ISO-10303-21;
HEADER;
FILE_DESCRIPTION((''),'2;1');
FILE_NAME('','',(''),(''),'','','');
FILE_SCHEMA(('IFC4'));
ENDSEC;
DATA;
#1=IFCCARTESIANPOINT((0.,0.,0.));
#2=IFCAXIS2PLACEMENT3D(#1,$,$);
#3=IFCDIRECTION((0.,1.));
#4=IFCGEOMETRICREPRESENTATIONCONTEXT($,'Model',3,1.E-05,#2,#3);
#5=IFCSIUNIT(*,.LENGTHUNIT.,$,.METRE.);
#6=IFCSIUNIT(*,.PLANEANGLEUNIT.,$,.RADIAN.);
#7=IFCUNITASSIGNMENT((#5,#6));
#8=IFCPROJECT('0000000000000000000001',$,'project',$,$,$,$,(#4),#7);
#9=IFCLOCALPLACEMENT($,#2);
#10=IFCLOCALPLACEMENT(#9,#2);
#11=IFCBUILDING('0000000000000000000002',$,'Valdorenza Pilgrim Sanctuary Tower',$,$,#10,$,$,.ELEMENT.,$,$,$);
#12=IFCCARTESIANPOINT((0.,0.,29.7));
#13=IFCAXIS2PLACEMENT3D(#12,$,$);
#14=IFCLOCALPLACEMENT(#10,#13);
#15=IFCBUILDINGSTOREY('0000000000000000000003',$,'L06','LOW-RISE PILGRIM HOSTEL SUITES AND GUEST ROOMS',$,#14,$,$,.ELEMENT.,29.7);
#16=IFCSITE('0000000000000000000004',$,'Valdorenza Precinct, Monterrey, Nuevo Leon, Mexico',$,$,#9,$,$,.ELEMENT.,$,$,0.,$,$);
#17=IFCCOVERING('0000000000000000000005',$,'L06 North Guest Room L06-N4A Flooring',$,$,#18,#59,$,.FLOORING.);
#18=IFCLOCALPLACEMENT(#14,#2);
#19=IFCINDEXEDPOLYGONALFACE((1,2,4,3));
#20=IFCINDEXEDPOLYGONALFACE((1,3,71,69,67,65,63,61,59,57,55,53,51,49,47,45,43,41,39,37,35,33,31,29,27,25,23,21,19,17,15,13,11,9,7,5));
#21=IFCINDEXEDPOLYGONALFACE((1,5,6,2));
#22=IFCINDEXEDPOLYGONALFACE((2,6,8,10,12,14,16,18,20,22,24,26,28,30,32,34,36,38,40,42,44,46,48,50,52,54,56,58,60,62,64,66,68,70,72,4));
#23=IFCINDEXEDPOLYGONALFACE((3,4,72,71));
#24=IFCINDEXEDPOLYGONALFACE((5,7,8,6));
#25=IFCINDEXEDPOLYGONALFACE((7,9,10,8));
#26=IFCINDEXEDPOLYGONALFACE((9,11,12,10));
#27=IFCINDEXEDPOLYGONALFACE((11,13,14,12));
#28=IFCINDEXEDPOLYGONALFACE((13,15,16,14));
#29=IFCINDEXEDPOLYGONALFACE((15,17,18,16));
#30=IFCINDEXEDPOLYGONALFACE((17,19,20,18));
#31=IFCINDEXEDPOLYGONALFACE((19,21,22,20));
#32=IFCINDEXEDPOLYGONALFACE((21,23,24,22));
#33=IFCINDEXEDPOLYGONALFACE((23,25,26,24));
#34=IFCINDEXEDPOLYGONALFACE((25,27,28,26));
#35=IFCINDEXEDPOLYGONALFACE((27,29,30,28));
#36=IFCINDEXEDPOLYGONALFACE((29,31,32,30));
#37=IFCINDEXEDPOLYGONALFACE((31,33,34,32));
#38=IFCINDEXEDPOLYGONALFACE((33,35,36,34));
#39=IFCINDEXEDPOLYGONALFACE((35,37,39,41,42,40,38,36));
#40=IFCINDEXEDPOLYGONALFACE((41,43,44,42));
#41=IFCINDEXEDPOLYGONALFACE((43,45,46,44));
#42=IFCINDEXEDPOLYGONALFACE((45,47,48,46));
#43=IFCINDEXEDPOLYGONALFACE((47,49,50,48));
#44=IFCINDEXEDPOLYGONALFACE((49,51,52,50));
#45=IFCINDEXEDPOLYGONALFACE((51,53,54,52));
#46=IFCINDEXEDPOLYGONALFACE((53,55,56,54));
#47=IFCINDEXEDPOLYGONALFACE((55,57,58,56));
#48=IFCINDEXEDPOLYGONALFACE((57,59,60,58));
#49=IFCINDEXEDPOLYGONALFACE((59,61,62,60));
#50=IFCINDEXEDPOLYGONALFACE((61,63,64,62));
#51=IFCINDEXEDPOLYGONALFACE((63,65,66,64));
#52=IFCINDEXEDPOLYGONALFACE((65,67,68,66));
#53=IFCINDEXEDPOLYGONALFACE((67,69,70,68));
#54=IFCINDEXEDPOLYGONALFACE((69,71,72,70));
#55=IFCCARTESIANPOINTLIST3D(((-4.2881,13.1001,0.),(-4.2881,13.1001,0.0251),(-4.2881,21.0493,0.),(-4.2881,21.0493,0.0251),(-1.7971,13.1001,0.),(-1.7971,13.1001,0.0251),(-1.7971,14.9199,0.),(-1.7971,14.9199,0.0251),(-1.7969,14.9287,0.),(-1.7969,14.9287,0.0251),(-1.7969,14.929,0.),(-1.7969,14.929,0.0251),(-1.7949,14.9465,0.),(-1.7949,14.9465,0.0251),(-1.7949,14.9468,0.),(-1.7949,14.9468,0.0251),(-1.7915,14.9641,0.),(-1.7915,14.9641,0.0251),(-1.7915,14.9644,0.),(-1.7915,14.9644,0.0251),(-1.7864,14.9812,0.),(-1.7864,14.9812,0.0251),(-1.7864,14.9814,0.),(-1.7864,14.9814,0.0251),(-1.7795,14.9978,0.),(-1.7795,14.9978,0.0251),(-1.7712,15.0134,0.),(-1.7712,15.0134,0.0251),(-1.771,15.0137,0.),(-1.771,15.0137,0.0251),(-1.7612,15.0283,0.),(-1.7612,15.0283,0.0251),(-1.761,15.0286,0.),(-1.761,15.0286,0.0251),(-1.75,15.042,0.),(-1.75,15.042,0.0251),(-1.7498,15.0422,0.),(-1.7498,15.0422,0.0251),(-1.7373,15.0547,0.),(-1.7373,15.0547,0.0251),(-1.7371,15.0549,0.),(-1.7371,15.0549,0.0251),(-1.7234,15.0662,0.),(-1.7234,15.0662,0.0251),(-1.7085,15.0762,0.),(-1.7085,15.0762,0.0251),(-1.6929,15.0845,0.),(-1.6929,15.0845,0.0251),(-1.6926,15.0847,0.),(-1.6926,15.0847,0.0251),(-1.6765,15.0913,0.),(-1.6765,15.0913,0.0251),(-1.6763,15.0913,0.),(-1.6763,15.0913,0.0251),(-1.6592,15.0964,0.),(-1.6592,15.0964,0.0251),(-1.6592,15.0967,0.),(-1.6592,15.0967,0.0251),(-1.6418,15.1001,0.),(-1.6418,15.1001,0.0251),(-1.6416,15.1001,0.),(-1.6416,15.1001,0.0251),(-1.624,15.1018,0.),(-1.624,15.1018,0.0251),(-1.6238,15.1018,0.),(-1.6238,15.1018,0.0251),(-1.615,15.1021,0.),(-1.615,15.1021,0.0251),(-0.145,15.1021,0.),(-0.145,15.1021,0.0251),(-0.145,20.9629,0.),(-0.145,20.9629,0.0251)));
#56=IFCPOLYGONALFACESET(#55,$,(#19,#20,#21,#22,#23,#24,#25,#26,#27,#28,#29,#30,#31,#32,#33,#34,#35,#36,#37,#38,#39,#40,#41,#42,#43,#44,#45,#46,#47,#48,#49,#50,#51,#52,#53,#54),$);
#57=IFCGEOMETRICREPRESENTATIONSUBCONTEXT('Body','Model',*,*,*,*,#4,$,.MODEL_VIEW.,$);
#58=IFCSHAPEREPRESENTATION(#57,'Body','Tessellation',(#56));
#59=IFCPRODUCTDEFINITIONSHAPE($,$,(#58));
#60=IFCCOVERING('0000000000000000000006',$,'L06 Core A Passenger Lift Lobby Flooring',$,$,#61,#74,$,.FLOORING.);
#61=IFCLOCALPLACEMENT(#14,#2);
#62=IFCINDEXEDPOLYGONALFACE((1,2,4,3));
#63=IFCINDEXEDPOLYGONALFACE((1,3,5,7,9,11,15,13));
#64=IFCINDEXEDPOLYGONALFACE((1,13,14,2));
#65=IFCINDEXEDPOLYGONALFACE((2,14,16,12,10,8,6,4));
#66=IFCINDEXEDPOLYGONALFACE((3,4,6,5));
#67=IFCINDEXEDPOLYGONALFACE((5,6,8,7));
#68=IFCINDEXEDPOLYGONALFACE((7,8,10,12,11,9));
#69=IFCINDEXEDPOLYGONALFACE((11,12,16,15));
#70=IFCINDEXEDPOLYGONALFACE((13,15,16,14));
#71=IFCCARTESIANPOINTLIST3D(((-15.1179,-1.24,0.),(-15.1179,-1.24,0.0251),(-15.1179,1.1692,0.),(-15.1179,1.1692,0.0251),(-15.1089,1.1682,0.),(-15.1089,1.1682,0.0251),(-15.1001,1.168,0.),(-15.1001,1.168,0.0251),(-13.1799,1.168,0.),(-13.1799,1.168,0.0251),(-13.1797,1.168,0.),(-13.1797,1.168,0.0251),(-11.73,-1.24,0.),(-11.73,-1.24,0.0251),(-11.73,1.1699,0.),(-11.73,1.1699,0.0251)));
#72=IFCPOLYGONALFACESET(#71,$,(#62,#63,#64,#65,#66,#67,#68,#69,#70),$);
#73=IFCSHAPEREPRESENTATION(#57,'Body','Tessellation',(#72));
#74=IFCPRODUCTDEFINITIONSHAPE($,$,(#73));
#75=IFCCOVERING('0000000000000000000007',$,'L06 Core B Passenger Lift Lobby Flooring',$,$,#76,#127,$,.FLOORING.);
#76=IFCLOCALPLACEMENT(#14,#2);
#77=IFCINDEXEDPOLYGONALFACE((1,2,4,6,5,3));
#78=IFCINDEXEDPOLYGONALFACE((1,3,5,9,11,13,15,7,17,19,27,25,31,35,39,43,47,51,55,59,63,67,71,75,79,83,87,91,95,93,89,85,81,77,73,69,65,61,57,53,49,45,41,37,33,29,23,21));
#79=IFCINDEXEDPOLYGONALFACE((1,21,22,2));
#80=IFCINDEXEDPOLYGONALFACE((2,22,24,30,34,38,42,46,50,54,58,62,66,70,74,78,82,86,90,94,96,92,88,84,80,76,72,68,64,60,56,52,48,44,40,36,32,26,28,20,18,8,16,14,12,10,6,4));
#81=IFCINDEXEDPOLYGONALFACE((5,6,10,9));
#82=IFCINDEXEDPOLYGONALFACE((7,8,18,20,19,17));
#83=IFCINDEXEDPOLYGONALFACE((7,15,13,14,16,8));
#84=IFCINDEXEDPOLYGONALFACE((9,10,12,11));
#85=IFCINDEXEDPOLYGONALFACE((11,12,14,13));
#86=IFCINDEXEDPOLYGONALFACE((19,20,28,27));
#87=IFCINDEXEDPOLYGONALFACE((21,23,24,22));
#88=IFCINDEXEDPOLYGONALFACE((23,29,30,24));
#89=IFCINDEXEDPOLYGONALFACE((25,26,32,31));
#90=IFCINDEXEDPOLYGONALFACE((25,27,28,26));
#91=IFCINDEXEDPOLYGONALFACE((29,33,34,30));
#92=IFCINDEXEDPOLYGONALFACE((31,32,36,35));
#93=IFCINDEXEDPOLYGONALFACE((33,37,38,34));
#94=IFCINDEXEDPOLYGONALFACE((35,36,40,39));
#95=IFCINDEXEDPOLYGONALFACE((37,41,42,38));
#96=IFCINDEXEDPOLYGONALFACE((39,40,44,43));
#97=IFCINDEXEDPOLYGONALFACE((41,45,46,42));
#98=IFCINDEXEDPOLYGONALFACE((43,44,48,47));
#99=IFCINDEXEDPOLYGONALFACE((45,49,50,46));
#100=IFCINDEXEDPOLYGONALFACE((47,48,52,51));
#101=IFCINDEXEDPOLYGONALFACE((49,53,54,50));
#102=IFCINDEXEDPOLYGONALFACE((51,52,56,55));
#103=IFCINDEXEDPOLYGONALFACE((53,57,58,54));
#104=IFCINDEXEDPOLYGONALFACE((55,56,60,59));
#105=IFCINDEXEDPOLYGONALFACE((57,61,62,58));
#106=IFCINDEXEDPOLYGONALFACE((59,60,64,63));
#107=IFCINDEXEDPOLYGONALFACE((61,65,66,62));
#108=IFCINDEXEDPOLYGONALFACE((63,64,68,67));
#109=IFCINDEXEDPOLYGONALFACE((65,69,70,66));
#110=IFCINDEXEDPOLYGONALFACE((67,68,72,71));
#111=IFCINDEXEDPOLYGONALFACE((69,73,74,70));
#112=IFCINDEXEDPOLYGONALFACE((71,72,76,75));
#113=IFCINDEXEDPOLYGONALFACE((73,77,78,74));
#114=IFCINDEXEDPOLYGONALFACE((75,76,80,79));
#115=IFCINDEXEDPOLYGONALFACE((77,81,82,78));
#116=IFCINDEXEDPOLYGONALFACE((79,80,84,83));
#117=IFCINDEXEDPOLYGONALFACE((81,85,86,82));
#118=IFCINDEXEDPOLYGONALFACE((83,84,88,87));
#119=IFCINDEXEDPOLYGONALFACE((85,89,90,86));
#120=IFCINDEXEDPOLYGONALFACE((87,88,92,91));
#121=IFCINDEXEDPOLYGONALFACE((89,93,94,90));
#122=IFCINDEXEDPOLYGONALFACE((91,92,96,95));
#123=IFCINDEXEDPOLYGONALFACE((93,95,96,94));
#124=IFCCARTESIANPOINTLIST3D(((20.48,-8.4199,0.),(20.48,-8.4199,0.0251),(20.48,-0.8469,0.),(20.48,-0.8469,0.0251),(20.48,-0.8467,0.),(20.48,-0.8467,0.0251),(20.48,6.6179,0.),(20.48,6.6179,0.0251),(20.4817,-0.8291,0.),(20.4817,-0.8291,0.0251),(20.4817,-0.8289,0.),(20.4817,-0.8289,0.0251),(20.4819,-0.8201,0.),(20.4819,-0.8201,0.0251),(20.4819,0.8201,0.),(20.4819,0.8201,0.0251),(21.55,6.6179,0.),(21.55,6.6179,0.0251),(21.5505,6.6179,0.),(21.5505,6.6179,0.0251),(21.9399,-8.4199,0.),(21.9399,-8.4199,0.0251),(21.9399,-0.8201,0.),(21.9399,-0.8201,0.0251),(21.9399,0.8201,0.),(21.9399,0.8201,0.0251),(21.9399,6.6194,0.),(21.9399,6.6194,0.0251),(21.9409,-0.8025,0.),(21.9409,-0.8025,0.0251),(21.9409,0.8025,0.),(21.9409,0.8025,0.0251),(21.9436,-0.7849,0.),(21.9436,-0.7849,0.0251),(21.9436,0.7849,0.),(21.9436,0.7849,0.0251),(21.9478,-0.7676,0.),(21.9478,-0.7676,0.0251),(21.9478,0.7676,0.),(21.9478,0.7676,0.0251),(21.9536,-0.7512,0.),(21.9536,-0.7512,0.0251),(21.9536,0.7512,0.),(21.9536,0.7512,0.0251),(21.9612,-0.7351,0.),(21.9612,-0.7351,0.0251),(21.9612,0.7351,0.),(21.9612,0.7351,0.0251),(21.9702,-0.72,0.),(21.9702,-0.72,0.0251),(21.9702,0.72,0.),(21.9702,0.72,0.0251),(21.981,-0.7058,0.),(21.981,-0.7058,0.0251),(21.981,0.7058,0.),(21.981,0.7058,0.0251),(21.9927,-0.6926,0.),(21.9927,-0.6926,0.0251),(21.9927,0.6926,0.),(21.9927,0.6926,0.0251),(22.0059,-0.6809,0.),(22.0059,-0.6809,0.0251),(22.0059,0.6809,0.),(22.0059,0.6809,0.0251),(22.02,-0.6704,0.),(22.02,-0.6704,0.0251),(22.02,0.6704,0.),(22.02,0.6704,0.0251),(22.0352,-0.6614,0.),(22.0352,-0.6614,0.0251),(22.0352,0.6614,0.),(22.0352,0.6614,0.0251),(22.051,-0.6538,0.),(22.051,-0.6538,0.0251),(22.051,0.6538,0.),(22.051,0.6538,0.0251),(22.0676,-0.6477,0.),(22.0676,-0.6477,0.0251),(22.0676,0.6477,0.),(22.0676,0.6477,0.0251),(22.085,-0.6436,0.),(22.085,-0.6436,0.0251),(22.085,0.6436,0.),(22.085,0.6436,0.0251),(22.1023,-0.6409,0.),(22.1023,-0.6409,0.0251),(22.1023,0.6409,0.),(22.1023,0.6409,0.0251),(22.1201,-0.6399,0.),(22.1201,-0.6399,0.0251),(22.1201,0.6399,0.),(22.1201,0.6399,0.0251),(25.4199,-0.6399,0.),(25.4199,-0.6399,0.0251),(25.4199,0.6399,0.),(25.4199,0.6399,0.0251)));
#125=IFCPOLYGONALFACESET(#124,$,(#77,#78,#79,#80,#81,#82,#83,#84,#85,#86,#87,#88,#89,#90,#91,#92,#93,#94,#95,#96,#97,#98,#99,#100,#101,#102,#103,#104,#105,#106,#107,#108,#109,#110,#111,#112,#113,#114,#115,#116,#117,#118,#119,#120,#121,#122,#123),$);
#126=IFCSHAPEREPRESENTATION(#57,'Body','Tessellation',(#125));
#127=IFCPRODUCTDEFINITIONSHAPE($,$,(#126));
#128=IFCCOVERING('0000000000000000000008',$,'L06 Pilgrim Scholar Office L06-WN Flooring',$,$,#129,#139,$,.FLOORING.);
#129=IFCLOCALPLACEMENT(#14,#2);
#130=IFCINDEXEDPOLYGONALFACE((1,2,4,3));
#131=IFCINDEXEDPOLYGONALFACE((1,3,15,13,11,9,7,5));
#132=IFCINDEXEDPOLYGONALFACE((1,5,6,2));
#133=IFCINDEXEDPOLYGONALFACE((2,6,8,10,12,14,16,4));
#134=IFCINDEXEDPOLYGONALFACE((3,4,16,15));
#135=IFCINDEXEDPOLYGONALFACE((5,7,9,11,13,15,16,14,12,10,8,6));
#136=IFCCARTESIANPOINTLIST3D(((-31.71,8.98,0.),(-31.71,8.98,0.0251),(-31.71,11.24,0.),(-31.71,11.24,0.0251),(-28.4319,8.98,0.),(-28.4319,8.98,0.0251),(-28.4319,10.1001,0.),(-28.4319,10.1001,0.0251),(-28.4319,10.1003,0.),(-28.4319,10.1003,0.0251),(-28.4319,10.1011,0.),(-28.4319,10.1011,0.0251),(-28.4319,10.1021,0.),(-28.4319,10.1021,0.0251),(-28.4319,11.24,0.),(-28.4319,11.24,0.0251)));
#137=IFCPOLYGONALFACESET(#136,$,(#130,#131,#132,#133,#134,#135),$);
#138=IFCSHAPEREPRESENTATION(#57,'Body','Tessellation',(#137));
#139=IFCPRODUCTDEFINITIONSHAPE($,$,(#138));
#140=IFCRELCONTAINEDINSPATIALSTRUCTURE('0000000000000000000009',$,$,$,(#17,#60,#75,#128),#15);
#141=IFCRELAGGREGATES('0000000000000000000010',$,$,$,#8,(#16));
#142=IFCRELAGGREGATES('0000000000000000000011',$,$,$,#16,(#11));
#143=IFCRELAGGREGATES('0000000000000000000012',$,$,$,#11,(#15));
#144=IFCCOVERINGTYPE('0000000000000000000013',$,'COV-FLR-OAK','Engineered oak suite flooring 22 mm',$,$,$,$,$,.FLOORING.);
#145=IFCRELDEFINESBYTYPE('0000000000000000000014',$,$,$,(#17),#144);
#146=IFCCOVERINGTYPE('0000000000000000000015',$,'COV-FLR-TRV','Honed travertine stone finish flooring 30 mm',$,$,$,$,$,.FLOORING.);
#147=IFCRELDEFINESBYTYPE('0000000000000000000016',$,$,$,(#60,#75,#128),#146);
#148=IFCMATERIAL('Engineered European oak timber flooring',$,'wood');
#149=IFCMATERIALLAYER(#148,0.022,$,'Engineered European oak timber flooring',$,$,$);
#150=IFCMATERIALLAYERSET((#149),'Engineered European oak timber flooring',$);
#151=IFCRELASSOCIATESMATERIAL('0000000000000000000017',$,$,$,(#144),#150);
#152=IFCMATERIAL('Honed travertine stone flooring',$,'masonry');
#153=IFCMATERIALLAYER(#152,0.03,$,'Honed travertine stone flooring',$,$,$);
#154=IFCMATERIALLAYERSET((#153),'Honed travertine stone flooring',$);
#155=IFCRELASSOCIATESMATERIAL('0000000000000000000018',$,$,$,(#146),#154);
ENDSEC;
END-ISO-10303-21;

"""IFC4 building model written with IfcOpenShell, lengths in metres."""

from ifc_helpers import new_model, si_unit, direction, frame, origin, place, context, subcontext, project, spatial, polyline, outline, extrude, material, layer, layer_set, type_object, element, save


model = new_model("IFC4")

# Units and contexts
model_context = context("Model", 3, precision=1e-05, world=origin(), true_north=direction((0.0, 1.0)))
body_context = subcontext(model_context, "Body", "Model", "MODEL_VIEW")
ifc_project = project(units=[si_unit("LENGTHUNIT", "METRE"), si_unit("PLANEANGLEUNIT", "RADIAN")], contexts=[model_context])

# Site, building, storey
site_placement = place(None, origin())
site = spatial("IfcSite", under=ifc_project, at=site_placement, Name="Valdorenza Precinct, Monterrey, Nuevo Leon, Mexico", CompositionType="ELEMENT", RefElevation=0.0)
building_placement = place(site_placement, origin())
building = spatial("IfcBuilding", under=site, at=building_placement, Name="Valdorenza Pilgrim Sanctuary Tower", CompositionType="ELEMENT")
storey_placement = place(building_placement, frame((0.0, 0.0, 29.7)))
storey = spatial("IfcBuildingStorey", under=building, at=storey_placement, Name="L06", Description="LOW-RISE PILGRIM HOSTEL SUITES AND GUEST ROOMS", CompositionType="ELEMENT", Elevation=29.7)

# Coverings
ifc_material_1 = material(Name="Engineered European oak timber flooring", Category="wood")
ifc_layer_1 = layer(ifc_material_1, 0.022, Name="Engineered European oak timber flooring")
ifc_layer_set_1 = layer_set([ifc_layer_1], Name="Engineered European oak timber flooring")
covering_type_1 = type_object("IfcCoveringType", Name="COV-FLR-OAK", Description="Engineered oak suite flooring 22 mm", PredefinedType="FLOORING", material=ifc_layer_set_1)
covering_1_placement = place(storey_placement, origin())
element("IfcCovering", 1, at=covering_1_placement, inside=storey, type_object=covering_type_1, Name="L06 North Guest Room L06-N4A Flooring", PredefinedType="FLOORING", context=body_context, shape_type="SweptSolid", body=[
    extrude(outline(polyline([(-0.145, 20.9629), (-0.145, 15.1021), (-1.615, 15.1021), (-1.6238, 15.1018), (-1.624, 15.1018), (-1.6416, 15.1001), (-1.6418, 15.1001), (-1.6592, 15.0967), (-1.6592, 15.0964), (-1.6763, 15.0913), (-1.6765, 15.0913), (-1.6926, 15.0847), (-1.6929, 15.0845), (-1.7085, 15.0762), (-1.7085, 15.0762), (-1.7234, 15.0662), (-1.7234, 15.0662), (-1.7371, 15.0549), (-1.7373, 15.0547), (-1.7498, 15.0422), (-1.75, 15.042), (-1.761, 15.0286), (-1.7612, 15.0283), (-1.771, 15.0137), (-1.7712, 15.0134), (-1.7795, 14.9978), (-1.7795, 14.9978), (-1.7864, 14.9814), (-1.7864, 14.9812), (-1.7915, 14.9644), (-1.7915, 14.9641), (-1.7949, 14.9468), (-1.7949, 14.9465), (-1.7969, 14.929), (-1.7969, 14.9287), (-1.7971, 14.9199), (-1.7971, 13.1001), (-4.2881, 13.1001), (-4.2881, 21.0493), (-0.145, 20.9629)])), origin(), (0.0, 0.0, 1.0), 0.0251),
])
ifc_material_2 = material(Name="Honed travertine stone flooring", Category="masonry")
ifc_layer_2 = layer(ifc_material_2, 0.03, Name="Honed travertine stone flooring")
ifc_layer_set_2 = layer_set([ifc_layer_2], Name="Honed travertine stone flooring")
covering_type_2 = type_object("IfcCoveringType", Name="COV-FLR-TRV", Description="Honed travertine stone finish flooring 30 mm", PredefinedType="FLOORING", material=ifc_layer_set_2)
covering_2_placement = place(storey_placement, origin())
element("IfcCovering", 2, at=covering_2_placement, inside=storey, type_object=covering_type_2, Name="L06 Core A Passenger Lift Lobby Flooring", PredefinedType="FLOORING", context=body_context, shape_type="SweptSolid", body=[
    extrude(outline(polyline([(-15.1179, 1.1692), (-15.1089, 1.1682), (-15.1089, 1.1682), (-15.1001, 1.168), (-13.1799, 1.168), (-13.1797, 1.168), (-11.73, 1.1699), (-11.73, -1.24), (-15.1179, -1.24), (-15.1179, 1.1692)])), origin(), (0.0, 0.0, 1.0), 0.0251),
])
covering_3_placement = place(storey_placement, origin())
element("IfcCovering", 3, at=covering_3_placement, inside=storey, type_object=covering_type_2, Name="L06 Core B Passenger Lift Lobby Flooring", PredefinedType="FLOORING", context=body_context, shape_type="SweptSolid", body=[
    extrude(outline(polyline([(20.48, 6.6179), (21.55, 6.6179), (21.5505, 6.6179), (21.9399, 6.6194), (21.9399, 0.8201), (21.9409, 0.8025), (21.9436, 0.7849), (21.9478, 0.7676), (21.9536, 0.7512), (21.9612, 0.7351), (21.9702, 0.72), (21.981, 0.7058), (21.9927, 0.6926), (22.0059, 0.6809), (22.02, 0.6704), (22.0352, 0.6614), (22.051, 0.6538), (22.0676, 0.6477), (22.085, 0.6436), (22.1023, 0.6409), (22.1201, 0.6399), (25.4199, 0.6399), (25.4199, -0.6399), (22.1201, -0.6399), (22.1023, -0.6409), (22.085, -0.6436), (22.0676, -0.6477), (22.051, -0.6538), (22.0352, -0.6614), (22.02, -0.6704), (22.0059, -0.6809), (21.9927, -0.6926), (21.981, -0.7058), (21.9702, -0.72), (21.9612, -0.7351), (21.9536, -0.7512), (21.9478, -0.7676), (21.9436, -0.7849), (21.9409, -0.8025), (21.9399, -0.8201), (21.9399, -8.4199), (20.48, -8.4199), (20.48, -0.8469), (20.48, -0.8467), (20.48, -0.8467), (20.4817, -0.8291), (20.4817, -0.8289), (20.4819, -0.8201), (20.4819, 0.8201), (20.48, 6.6179)])), origin(), (0.0, 0.0, 1.0), 0.0251),
])
covering_4_placement = place(storey_placement, origin())
element("IfcCovering", 4, at=covering_4_placement, inside=storey, type_object=covering_type_2, Name="L06 Pilgrim Scholar Office L06-WN Flooring", PredefinedType="FLOORING", context=body_context, shape_type="SweptSolid", body=[
    extrude(outline(polyline([(-28.4319, 11.24), (-28.4319, 10.1021), (-28.4319, 10.1011), (-28.4319, 10.1003), (-28.4319, 10.1001), (-28.4319, 8.98), (-31.71, 8.98), (-31.71, 11.24), (-28.4319, 11.24)])), origin(), (0.0, 0.0, 1.0), 0.0251),
])

save(model, "model.ifc")
